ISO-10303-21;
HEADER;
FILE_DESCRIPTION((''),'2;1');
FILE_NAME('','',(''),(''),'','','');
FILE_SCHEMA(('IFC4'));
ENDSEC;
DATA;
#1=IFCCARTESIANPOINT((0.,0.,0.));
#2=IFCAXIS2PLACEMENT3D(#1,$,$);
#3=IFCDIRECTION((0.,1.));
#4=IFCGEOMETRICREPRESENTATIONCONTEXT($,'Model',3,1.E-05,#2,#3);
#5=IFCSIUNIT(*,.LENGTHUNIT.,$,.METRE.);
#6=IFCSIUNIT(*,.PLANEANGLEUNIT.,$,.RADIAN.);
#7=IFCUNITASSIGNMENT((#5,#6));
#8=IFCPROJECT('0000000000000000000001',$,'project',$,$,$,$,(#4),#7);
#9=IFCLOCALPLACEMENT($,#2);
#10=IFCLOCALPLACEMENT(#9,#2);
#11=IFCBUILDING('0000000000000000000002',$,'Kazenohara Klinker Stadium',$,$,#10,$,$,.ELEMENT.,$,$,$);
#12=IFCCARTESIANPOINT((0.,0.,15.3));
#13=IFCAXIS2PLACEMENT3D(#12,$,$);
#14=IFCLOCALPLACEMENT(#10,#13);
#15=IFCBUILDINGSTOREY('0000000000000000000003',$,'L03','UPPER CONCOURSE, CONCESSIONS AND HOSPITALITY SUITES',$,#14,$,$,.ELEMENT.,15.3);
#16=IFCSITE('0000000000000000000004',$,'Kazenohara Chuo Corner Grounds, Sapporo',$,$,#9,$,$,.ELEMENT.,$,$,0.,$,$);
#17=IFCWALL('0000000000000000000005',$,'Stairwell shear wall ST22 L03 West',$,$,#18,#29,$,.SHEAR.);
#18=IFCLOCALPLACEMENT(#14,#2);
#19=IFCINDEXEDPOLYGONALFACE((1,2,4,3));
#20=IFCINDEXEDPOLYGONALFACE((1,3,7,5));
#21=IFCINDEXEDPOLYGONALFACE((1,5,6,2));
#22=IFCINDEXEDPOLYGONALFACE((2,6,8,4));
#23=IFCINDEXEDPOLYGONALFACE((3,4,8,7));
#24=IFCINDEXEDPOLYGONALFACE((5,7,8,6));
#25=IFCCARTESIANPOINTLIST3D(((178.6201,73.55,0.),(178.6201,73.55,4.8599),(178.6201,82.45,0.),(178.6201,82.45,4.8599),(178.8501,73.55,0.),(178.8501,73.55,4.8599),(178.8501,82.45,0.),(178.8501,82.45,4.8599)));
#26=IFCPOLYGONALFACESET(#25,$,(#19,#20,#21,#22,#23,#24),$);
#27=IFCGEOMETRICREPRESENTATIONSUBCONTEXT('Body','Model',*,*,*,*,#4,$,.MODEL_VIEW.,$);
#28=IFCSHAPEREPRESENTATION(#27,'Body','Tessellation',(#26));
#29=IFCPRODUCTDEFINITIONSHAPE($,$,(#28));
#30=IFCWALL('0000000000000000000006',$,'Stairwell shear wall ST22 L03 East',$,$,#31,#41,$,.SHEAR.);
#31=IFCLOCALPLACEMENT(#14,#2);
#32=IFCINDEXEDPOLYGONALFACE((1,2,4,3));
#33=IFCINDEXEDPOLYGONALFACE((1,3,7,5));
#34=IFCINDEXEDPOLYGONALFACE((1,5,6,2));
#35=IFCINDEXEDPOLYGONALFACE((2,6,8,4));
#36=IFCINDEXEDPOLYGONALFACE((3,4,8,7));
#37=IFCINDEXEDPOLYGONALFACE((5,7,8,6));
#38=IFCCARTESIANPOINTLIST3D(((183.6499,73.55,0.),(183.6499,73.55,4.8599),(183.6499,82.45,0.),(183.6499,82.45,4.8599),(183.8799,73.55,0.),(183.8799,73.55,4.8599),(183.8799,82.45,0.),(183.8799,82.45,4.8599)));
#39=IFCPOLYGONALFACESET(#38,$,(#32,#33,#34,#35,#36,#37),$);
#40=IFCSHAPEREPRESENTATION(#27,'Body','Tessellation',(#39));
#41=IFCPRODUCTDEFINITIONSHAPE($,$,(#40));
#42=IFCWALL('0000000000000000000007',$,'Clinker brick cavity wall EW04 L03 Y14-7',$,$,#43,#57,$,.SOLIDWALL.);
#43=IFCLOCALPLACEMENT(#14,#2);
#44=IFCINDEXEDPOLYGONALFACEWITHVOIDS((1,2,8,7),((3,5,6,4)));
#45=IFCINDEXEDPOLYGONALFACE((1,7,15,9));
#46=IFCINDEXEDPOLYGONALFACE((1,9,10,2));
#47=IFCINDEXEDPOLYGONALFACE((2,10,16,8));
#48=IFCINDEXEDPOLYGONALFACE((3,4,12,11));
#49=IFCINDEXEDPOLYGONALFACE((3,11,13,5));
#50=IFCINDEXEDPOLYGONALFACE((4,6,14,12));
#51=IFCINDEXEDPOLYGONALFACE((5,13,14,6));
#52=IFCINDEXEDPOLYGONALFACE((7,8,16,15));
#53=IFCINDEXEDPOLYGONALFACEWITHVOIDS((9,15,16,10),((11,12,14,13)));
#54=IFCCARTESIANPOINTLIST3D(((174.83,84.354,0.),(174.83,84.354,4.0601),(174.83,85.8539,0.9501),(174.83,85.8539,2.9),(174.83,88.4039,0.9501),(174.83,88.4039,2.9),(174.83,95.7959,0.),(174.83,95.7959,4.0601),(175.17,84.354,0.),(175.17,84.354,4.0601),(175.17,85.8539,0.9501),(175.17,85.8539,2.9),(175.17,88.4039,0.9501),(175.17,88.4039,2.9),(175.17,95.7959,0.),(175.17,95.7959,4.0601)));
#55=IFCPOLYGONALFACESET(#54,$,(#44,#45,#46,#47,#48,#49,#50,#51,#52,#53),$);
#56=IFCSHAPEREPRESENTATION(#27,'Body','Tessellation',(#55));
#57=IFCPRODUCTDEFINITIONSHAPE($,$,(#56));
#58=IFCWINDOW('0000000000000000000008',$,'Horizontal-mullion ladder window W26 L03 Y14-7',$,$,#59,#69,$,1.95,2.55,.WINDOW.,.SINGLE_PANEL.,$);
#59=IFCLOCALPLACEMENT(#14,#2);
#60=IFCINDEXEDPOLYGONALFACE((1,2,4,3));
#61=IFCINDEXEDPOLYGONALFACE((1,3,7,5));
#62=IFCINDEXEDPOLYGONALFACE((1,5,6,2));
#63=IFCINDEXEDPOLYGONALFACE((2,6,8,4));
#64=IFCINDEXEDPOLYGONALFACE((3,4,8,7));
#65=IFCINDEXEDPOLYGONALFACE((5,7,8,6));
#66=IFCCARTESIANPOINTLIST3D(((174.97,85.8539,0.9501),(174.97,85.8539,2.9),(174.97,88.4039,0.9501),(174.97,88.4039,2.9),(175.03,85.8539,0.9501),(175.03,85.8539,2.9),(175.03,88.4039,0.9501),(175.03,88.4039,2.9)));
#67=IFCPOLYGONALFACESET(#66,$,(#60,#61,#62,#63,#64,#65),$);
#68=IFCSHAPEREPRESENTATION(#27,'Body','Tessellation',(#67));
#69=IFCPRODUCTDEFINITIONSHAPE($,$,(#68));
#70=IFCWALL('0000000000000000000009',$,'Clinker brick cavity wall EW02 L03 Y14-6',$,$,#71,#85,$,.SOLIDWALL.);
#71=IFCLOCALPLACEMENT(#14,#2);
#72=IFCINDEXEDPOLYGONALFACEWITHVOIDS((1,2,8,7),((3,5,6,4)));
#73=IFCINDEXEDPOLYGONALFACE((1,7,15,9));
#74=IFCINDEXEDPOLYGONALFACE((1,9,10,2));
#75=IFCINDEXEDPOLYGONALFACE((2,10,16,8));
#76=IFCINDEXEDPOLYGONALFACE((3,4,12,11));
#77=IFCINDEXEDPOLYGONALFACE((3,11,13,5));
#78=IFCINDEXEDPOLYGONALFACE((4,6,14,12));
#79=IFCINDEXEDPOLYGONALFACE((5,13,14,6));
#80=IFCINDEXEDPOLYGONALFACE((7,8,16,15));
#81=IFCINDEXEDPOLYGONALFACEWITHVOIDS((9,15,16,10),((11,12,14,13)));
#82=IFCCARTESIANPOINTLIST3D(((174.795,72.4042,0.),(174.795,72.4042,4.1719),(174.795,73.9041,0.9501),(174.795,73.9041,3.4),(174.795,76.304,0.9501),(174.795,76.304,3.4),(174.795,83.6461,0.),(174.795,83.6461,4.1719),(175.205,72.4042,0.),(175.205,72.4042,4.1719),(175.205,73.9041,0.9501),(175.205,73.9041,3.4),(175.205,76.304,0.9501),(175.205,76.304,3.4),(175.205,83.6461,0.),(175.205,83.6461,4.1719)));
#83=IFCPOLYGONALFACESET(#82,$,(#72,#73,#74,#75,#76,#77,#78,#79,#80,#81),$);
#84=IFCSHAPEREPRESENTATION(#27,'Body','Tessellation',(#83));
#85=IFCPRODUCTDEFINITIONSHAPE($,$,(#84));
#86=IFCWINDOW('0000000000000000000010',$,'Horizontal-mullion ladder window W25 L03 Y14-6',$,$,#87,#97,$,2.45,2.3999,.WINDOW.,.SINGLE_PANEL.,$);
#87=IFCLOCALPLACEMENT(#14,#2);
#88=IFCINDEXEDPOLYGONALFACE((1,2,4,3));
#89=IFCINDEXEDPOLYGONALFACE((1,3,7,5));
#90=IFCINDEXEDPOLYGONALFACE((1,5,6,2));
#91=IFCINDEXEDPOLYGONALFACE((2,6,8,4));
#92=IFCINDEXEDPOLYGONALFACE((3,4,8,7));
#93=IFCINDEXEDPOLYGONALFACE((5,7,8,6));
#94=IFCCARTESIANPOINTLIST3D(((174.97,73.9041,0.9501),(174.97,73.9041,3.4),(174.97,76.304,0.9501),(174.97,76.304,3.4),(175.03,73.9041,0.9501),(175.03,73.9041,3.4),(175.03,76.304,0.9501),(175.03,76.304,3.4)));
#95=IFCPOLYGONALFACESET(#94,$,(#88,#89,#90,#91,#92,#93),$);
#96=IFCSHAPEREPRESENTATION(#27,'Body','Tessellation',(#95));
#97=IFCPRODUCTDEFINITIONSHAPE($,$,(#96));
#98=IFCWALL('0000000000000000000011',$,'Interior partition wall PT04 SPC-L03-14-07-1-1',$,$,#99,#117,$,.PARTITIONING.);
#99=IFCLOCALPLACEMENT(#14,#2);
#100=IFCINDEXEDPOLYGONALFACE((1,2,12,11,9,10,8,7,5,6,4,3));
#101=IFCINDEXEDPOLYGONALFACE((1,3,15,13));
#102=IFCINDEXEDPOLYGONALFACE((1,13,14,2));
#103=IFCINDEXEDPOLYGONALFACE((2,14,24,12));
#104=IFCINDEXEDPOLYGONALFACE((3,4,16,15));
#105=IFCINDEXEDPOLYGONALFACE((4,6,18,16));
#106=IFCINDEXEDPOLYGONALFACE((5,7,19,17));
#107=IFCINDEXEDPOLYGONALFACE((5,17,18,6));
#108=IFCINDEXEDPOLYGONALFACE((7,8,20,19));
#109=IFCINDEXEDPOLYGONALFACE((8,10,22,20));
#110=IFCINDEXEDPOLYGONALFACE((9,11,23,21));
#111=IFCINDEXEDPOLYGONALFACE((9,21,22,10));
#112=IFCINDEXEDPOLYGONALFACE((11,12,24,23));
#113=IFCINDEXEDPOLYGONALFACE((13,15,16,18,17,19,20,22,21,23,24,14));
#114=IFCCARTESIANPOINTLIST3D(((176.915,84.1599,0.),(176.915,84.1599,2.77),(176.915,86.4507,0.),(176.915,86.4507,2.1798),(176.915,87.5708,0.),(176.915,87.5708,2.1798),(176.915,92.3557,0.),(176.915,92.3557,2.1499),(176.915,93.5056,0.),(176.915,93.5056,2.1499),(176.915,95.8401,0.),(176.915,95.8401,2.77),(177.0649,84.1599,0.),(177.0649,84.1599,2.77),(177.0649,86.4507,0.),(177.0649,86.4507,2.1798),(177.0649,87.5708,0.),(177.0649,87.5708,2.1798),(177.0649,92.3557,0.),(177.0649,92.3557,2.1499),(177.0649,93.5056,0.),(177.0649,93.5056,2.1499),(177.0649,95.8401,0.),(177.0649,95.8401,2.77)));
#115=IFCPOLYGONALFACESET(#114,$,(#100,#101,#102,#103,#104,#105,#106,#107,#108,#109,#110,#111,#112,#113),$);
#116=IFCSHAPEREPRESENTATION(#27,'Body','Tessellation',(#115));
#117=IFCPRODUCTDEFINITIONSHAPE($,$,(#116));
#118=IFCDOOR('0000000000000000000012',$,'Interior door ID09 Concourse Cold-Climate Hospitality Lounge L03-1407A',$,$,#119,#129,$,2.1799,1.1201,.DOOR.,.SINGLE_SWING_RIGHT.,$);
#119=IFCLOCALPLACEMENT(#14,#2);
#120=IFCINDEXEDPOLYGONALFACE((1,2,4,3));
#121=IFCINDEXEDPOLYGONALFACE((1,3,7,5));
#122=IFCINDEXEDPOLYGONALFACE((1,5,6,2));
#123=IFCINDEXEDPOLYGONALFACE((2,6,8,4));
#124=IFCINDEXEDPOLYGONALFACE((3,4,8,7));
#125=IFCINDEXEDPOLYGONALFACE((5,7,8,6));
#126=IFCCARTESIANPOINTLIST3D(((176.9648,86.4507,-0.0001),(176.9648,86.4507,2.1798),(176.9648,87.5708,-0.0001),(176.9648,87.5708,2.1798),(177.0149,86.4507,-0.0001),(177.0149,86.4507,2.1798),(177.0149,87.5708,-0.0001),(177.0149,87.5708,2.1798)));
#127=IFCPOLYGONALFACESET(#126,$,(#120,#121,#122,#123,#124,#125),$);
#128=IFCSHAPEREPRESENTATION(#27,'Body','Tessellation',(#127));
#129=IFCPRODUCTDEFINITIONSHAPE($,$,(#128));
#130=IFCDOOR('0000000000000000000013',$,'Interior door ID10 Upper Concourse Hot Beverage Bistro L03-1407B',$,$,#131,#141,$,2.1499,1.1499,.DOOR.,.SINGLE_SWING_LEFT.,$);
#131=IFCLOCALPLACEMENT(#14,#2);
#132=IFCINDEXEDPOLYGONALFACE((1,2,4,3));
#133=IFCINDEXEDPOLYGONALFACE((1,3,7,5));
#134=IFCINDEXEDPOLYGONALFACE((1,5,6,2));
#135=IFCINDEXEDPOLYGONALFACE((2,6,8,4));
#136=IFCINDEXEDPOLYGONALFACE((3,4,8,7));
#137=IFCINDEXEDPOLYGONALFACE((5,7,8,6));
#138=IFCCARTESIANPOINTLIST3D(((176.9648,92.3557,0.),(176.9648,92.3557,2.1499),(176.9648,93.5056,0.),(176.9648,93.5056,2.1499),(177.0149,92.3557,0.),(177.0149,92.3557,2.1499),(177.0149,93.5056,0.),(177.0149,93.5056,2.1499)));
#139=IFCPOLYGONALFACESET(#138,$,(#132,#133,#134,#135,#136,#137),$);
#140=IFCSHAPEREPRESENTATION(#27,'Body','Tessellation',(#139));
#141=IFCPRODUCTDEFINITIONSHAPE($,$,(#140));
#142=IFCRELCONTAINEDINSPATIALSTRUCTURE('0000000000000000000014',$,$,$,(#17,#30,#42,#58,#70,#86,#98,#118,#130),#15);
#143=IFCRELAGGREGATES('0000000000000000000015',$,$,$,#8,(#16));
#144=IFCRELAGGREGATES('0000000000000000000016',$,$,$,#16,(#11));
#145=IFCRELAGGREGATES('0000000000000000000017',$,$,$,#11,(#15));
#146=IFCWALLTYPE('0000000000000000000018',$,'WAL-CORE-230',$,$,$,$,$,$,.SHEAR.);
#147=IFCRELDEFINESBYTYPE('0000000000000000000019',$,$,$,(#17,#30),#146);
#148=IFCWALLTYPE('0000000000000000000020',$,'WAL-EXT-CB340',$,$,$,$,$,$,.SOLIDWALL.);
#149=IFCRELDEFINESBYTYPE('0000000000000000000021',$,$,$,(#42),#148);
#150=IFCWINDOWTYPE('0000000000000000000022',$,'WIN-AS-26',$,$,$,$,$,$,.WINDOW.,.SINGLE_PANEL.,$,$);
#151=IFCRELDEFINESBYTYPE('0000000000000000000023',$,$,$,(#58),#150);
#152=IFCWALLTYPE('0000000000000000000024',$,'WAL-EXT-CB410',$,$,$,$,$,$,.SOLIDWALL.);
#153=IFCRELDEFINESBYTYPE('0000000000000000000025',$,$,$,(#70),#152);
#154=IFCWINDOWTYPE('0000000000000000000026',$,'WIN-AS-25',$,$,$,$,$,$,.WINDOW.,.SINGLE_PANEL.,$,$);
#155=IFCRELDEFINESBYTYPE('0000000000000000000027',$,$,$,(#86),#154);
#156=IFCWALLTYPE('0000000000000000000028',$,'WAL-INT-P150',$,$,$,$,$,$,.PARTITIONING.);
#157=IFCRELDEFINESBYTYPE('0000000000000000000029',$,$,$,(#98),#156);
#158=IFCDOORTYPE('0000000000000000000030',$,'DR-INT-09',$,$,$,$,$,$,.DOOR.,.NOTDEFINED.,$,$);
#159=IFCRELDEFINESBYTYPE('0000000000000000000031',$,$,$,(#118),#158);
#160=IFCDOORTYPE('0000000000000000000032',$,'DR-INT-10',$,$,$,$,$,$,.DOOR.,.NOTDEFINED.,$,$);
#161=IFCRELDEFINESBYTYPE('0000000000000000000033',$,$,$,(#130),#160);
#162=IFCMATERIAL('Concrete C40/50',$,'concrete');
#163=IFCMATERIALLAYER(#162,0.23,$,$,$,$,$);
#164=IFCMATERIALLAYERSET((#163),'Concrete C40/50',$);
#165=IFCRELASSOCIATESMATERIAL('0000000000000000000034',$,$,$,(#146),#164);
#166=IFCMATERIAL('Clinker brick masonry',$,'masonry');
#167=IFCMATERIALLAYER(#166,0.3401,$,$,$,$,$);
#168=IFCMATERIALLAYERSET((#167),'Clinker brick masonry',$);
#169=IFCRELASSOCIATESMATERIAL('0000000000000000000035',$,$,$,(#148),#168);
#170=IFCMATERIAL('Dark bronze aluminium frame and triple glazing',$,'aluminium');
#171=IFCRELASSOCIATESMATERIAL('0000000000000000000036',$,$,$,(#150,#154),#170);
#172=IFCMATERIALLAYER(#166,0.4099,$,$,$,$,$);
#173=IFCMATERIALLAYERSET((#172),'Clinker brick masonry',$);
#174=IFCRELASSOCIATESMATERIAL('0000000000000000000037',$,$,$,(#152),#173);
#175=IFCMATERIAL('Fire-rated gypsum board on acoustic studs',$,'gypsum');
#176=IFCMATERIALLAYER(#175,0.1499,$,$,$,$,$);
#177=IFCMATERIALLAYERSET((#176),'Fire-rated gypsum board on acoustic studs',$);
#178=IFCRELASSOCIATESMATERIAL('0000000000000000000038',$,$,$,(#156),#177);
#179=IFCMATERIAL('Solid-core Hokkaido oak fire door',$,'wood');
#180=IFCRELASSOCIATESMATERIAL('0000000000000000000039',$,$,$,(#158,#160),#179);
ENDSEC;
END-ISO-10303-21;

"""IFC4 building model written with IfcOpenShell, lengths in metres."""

from ifc_helpers import new_model, si_unit, direction, frame, frame_2d, origin, place, context, subcontext, project, spatial, rectangle, extrude, material, layer, layer_set, type_object, element, fill, save


model = new_model("IFC4")

# Units and contexts
model_context = context("Model", 3, precision=1e-05, world=origin(), true_north=direction((0.0, 1.0)))
body_context = subcontext(model_context, "Body", "Model", "MODEL_VIEW")
ifc_project = project(units=[si_unit("LENGTHUNIT", "METRE"), si_unit("PLANEANGLEUNIT", "RADIAN")], contexts=[model_context])

# Site, building, storey
site_placement = place(None, origin())
site = spatial("IfcSite", under=ifc_project, at=site_placement, Name="Kazenohara Chuo Corner Grounds, Sapporo", CompositionType="ELEMENT", RefElevation=0.0)
building_placement = place(site_placement, origin())
building = spatial("IfcBuilding", under=site, at=building_placement, Name="Kazenohara Klinker Stadium", CompositionType="ELEMENT")
storey_placement = place(building_placement, frame((0.0, 0.0, 15.3)))
storey = spatial("IfcBuildingStorey", under=building, at=storey_placement, Name="L03", Description="UPPER CONCOURSE, CONCESSIONS AND HOSPITALITY SUITES", CompositionType="ELEMENT", Elevation=15.3)

# Shared definitions
ifc_material_1 = material(Name="Concrete C40/50", Category="concrete")

# Shared definitions
ifc_layer_1 = layer(ifc_material_1, 0.23)
ifc_layer_set_1 = layer_set([ifc_layer_1], Name="Concrete C40/50")
wall_type_1 = type_object("IfcWallType", Name="WAL-CORE-230", PredefinedType="SHEAR", material=ifc_layer_set_1)

# Walls
for number, where, z_axis, x_axis, name in (
    (1, (178.7351, 73.55, 0.0), (0.0, 0.0, 1.0), (0.0, 1.0, 0.0), "Stairwell shear wall ST22 L03 West"),
    (2, (183.7649, 73.55, 0.0), (0.0, 0.0, 1.0), (0.0, 1.0, 0.0), "Stairwell shear wall ST22 L03 East"),
):
    element("IfcWall", number, at=place(storey_placement, frame(where, z_axis=z_axis, x_axis=x_axis)), inside=storey, type_object=wall_type_1, Name=name, PredefinedType="SHEAR", context=body_context, shape_type="SweptSolid", body=[
        extrude(rectangle(XDim=8.8999, YDim=0.23, at=frame_2d((4.45, 0.0))), origin(), (0.0, 0.0, 1.0), 4.8599),
    ])

# Walls, openings, windows
ifc_material_2 = material(Name="Clinker brick masonry", Category="masonry")
ifc_layer_2 = layer(ifc_material_2, 0.3401)
ifc_layer_set_2 = layer_set([ifc_layer_2], Name="Clinker brick masonry")
wall_type_2 = type_object("IfcWallType", Name="WAL-EXT-CB340", PredefinedType="SOLIDWALL", material=ifc_layer_set_2)
wall_1_placement = place(storey_placement, frame((175.0, 84.354, 0.0), z_axis=(0.0, 0.0, 1.0), x_axis=(0.0, 1.0, 0.0)))
wall_1 = element("IfcWall", 3, at=wall_1_placement, inside=storey, type_object=wall_type_2, Name="Clinker brick cavity wall EW04 L03 Y14-7", PredefinedType="SOLIDWALL", context=body_context, shape_type="SweptSolid", body=[
    extrude(rectangle(XDim=11.4419, YDim=0.3401, at=frame_2d((5.7209, 0.0))), origin(), (0.0, 0.0, 1.0), 4.0601),
])
opening_1_placement = place(wall_1_placement, frame((1.5, 0.0, 0.95)))
opening_1 = element("IfcOpeningElement", 4, at=opening_1_placement, cuts=wall_1, PredefinedType="OPENING", context=body_context, shape_type="SweptSolid", body=[
    extrude(rectangle(XDim=2.55, YDim=1.95, at=frame_2d((1.2749, 0.9751))), frame((0.0, 0.1802, 0.0), z_axis=(0.0, -1.0, 0.0), x_axis=(1.0, 0.0, 0.0)), (0.0, 0.0, 1.0), 0.3601),
])
ifc_material_3 = material(Name="Dark bronze aluminium frame and triple glazing", Category="aluminium")
window_type_1 = type_object("IfcWindowType", Name="WIN-AS-26", PartitioningType="SINGLE_PANEL", PredefinedType="WINDOW", material=ifc_material_3)
window_1_placement = place(opening_1_placement, origin())
window_1 = element("IfcWindow", 5, at=window_1_placement, inside=storey, type_object=window_type_1, Name="Horizontal-mullion ladder window W26 L03 Y14-7", OverallHeight=1.95, OverallWidth=2.55, PartitioningType="SINGLE_PANEL", PredefinedType="WINDOW", context=body_context, shape_type="SweptSolid", body=[
    extrude(rectangle(XDim=2.55, YDim=1.95, at=frame_2d((1.2749, 0.9751))), frame((0.0, 0.03, 0.0), z_axis=(0.0, -1.0, 0.0), x_axis=(1.0, 0.0, 0.0)), (0.0, 0.0, 1.0), 0.0601),
])
fill(opening_1, window_1)
ifc_layer_3 = layer(ifc_material_2, 0.4099)
ifc_layer_set_3 = layer_set([ifc_layer_3], Name="Clinker brick masonry")
wall_type_3 = type_object("IfcWallType", Name="WAL-EXT-CB410", PredefinedType="SOLIDWALL", material=ifc_layer_set_3)
wall_2_placement = place(storey_placement, frame((175.0, 72.4041, 0.0), z_axis=(0.0, 0.0, 1.0), x_axis=(0.0, 1.0, 0.0)))
wall_2 = element("IfcWall", 6, at=wall_2_placement, inside=storey, type_object=wall_type_3, Name="Clinker brick cavity wall EW02 L03 Y14-6", PredefinedType="SOLIDWALL", context=body_context, shape_type="SweptSolid", body=[
    extrude(rectangle(XDim=11.2419, YDim=0.4099, at=frame_2d((5.6211, 0.0))), origin(), (0.0, 0.0, 1.0), 4.1719),
])
opening_2_placement = place(wall_2_placement, frame((1.5, 0.0, 0.95)))
opening_2 = element("IfcOpeningElement", 7, at=opening_2_placement, cuts=wall_2, PredefinedType="OPENING", context=body_context, shape_type="SweptSolid", body=[
    extrude(rectangle(XDim=2.3999, YDim=2.45, at=frame_2d((1.2, 1.2251))), frame((0.0, 0.2148, 0.0), z_axis=(0.0, -1.0, 0.0), x_axis=(1.0, 0.0, 0.0)), (0.0, 0.0, 1.0), 0.4299),
])
window_type_2 = type_object("IfcWindowType", Name="WIN-AS-25", PartitioningType="SINGLE_PANEL", PredefinedType="WINDOW", material=ifc_material_3)
window_2_placement = place(opening_2_placement, origin())
window_2 = element("IfcWindow", 8, at=window_2_placement, inside=storey, type_object=window_type_2, Name="Horizontal-mullion ladder window W25 L03 Y14-6", OverallHeight=2.45, OverallWidth=2.3999, PartitioningType="SINGLE_PANEL", PredefinedType="WINDOW", context=body_context, shape_type="SweptSolid", body=[
    extrude(rectangle(XDim=2.3999, YDim=2.45, at=frame_2d((1.2, 1.2251))), frame((0.0, 0.03, 0.0), z_axis=(0.0, -1.0, 0.0), x_axis=(1.0, 0.0, 0.0)), (0.0, 0.0, 1.0), 0.0601),
])
fill(opening_2, window_2)

# Wall, openings, doors
ifc_material_4 = material(Name="Fire-rated gypsum board on acoustic studs", Category="gypsum")
ifc_layer_4 = layer(ifc_material_4, 0.1499)
ifc_layer_set_4 = layer_set([ifc_layer_4], Name="Fire-rated gypsum board on acoustic studs")
wall_type_4 = type_object("IfcWallType", Name="WAL-INT-P150", PredefinedType="PARTITIONING", material=ifc_layer_set_4)
wall_3_placement = place(storey_placement, frame((176.99, 84.1599, 0.0), z_axis=(0.0, 0.0, 1.0), x_axis=(0.0, 1.0, 0.0)))
wall_3 = element("IfcWall", 9, at=wall_3_placement, inside=storey, type_object=wall_type_4, Name="Interior partition wall PT04 SPC-L03-14-07-1-1", PredefinedType="PARTITIONING", context=body_context, shape_type="SweptSolid", body=[
    extrude(rectangle(XDim=11.6802, YDim=0.1499, at=frame_2d((5.8401, 0.0))), origin(), (0.0, 0.0, 1.0), 2.77),
])
opening_3_placement = place(wall_3_placement, frame((3.4109, 0.0, 0.0), z_axis=(0.0, 0.0, 1.0), x_axis=(-1.0, 0.0, 0.0)))
opening_3 = element("IfcOpeningElement", 10, at=opening_3_placement, cuts=wall_3, PredefinedType="OPENING", context=body_context, shape_type="SweptSolid", body=[
    extrude(rectangle(XDim=1.1201, YDim=2.1799, at=frame_2d((0.5601, 1.0898))), frame((0.0, 0.085, 0.0), z_axis=(0.0, -1.0, 0.0), x_axis=(1.0, 0.0, 0.0)), (0.0, 0.0, 1.0), 0.1699),
])
opening_4_placement = place(wall_3_placement, frame((9.3457, 0.0, 0.0), z_axis=(0.0, 0.0, 1.0), x_axis=(-1.0, 0.0, 0.0)))
opening_4 = element("IfcOpeningElement", 11, at=opening_4_placement, cuts=wall_3, PredefinedType="OPENING", context=body_context, shape_type="SweptSolid", body=[
    extrude(rectangle(XDim=1.1499, YDim=2.1499, at=frame_2d((0.575, 1.075))), frame((0.0, 0.085, 0.0), z_axis=(0.0, -1.0, 0.0), x_axis=(1.0, 0.0, 0.0)), (0.0, 0.0, 1.0), 0.1699),
])
ifc_material_5 = material(Name="Solid-core Hokkaido oak fire door", Category="wood")
door_type_1 = type_object("IfcDoorType", Name="DR-INT-09", OperationType="NOTDEFINED", PredefinedType="DOOR", material=ifc_material_5)
door_1_placement = place(opening_3_placement, origin())
door_1 = element("IfcDoor", 12, at=door_1_placement, inside=storey, type_object=door_type_1, Name="Interior door ID09 Concourse Cold-Climate Hospitality Lounge L03-1407A", OperationType="SINGLE_SWING_RIGHT", OverallHeight=2.1799, OverallWidth=1.1201, PredefinedType="DOOR", context=body_context, shape_type="SweptSolid", body=[
    extrude(rectangle(XDim=1.1201, YDim=2.1799, at=frame_2d((0.5601, 1.0898))), frame((0.0, 0.0249, 0.0), z_axis=(0.0, -1.0, 0.0), x_axis=(1.0, 0.0, 0.0)), (0.0, 0.0, 1.0), 0.05),
])
fill(opening_3, door_1)
door_type_2 = type_object("IfcDoorType", Name="DR-INT-10", OperationType="NOTDEFINED", PredefinedType="DOOR", material=ifc_material_5)
door_2_placement = place(opening_4_placement, origin())
door_2 = element("IfcDoor", 13, at=door_2_placement, inside=storey, type_object=door_type_2, Name="Interior door ID10 Upper Concourse Hot Beverage Bistro L03-1407B", OperationType="SINGLE_SWING_LEFT", OverallHeight=2.1499, OverallWidth=1.1499, PredefinedType="DOOR", context=body_context, shape_type="SweptSolid", body=[
    extrude(rectangle(XDim=1.1499, YDim=2.1499, at=frame_2d((0.575, 1.075))), frame((0.0, 0.0249, 0.0), z_axis=(0.0, -1.0, 0.0), x_axis=(1.0, 0.0, 0.0)), (0.0, 0.0, 1.0), 0.05),
])
fill(opening_4, door_2)

save(model, "model.ifc")
